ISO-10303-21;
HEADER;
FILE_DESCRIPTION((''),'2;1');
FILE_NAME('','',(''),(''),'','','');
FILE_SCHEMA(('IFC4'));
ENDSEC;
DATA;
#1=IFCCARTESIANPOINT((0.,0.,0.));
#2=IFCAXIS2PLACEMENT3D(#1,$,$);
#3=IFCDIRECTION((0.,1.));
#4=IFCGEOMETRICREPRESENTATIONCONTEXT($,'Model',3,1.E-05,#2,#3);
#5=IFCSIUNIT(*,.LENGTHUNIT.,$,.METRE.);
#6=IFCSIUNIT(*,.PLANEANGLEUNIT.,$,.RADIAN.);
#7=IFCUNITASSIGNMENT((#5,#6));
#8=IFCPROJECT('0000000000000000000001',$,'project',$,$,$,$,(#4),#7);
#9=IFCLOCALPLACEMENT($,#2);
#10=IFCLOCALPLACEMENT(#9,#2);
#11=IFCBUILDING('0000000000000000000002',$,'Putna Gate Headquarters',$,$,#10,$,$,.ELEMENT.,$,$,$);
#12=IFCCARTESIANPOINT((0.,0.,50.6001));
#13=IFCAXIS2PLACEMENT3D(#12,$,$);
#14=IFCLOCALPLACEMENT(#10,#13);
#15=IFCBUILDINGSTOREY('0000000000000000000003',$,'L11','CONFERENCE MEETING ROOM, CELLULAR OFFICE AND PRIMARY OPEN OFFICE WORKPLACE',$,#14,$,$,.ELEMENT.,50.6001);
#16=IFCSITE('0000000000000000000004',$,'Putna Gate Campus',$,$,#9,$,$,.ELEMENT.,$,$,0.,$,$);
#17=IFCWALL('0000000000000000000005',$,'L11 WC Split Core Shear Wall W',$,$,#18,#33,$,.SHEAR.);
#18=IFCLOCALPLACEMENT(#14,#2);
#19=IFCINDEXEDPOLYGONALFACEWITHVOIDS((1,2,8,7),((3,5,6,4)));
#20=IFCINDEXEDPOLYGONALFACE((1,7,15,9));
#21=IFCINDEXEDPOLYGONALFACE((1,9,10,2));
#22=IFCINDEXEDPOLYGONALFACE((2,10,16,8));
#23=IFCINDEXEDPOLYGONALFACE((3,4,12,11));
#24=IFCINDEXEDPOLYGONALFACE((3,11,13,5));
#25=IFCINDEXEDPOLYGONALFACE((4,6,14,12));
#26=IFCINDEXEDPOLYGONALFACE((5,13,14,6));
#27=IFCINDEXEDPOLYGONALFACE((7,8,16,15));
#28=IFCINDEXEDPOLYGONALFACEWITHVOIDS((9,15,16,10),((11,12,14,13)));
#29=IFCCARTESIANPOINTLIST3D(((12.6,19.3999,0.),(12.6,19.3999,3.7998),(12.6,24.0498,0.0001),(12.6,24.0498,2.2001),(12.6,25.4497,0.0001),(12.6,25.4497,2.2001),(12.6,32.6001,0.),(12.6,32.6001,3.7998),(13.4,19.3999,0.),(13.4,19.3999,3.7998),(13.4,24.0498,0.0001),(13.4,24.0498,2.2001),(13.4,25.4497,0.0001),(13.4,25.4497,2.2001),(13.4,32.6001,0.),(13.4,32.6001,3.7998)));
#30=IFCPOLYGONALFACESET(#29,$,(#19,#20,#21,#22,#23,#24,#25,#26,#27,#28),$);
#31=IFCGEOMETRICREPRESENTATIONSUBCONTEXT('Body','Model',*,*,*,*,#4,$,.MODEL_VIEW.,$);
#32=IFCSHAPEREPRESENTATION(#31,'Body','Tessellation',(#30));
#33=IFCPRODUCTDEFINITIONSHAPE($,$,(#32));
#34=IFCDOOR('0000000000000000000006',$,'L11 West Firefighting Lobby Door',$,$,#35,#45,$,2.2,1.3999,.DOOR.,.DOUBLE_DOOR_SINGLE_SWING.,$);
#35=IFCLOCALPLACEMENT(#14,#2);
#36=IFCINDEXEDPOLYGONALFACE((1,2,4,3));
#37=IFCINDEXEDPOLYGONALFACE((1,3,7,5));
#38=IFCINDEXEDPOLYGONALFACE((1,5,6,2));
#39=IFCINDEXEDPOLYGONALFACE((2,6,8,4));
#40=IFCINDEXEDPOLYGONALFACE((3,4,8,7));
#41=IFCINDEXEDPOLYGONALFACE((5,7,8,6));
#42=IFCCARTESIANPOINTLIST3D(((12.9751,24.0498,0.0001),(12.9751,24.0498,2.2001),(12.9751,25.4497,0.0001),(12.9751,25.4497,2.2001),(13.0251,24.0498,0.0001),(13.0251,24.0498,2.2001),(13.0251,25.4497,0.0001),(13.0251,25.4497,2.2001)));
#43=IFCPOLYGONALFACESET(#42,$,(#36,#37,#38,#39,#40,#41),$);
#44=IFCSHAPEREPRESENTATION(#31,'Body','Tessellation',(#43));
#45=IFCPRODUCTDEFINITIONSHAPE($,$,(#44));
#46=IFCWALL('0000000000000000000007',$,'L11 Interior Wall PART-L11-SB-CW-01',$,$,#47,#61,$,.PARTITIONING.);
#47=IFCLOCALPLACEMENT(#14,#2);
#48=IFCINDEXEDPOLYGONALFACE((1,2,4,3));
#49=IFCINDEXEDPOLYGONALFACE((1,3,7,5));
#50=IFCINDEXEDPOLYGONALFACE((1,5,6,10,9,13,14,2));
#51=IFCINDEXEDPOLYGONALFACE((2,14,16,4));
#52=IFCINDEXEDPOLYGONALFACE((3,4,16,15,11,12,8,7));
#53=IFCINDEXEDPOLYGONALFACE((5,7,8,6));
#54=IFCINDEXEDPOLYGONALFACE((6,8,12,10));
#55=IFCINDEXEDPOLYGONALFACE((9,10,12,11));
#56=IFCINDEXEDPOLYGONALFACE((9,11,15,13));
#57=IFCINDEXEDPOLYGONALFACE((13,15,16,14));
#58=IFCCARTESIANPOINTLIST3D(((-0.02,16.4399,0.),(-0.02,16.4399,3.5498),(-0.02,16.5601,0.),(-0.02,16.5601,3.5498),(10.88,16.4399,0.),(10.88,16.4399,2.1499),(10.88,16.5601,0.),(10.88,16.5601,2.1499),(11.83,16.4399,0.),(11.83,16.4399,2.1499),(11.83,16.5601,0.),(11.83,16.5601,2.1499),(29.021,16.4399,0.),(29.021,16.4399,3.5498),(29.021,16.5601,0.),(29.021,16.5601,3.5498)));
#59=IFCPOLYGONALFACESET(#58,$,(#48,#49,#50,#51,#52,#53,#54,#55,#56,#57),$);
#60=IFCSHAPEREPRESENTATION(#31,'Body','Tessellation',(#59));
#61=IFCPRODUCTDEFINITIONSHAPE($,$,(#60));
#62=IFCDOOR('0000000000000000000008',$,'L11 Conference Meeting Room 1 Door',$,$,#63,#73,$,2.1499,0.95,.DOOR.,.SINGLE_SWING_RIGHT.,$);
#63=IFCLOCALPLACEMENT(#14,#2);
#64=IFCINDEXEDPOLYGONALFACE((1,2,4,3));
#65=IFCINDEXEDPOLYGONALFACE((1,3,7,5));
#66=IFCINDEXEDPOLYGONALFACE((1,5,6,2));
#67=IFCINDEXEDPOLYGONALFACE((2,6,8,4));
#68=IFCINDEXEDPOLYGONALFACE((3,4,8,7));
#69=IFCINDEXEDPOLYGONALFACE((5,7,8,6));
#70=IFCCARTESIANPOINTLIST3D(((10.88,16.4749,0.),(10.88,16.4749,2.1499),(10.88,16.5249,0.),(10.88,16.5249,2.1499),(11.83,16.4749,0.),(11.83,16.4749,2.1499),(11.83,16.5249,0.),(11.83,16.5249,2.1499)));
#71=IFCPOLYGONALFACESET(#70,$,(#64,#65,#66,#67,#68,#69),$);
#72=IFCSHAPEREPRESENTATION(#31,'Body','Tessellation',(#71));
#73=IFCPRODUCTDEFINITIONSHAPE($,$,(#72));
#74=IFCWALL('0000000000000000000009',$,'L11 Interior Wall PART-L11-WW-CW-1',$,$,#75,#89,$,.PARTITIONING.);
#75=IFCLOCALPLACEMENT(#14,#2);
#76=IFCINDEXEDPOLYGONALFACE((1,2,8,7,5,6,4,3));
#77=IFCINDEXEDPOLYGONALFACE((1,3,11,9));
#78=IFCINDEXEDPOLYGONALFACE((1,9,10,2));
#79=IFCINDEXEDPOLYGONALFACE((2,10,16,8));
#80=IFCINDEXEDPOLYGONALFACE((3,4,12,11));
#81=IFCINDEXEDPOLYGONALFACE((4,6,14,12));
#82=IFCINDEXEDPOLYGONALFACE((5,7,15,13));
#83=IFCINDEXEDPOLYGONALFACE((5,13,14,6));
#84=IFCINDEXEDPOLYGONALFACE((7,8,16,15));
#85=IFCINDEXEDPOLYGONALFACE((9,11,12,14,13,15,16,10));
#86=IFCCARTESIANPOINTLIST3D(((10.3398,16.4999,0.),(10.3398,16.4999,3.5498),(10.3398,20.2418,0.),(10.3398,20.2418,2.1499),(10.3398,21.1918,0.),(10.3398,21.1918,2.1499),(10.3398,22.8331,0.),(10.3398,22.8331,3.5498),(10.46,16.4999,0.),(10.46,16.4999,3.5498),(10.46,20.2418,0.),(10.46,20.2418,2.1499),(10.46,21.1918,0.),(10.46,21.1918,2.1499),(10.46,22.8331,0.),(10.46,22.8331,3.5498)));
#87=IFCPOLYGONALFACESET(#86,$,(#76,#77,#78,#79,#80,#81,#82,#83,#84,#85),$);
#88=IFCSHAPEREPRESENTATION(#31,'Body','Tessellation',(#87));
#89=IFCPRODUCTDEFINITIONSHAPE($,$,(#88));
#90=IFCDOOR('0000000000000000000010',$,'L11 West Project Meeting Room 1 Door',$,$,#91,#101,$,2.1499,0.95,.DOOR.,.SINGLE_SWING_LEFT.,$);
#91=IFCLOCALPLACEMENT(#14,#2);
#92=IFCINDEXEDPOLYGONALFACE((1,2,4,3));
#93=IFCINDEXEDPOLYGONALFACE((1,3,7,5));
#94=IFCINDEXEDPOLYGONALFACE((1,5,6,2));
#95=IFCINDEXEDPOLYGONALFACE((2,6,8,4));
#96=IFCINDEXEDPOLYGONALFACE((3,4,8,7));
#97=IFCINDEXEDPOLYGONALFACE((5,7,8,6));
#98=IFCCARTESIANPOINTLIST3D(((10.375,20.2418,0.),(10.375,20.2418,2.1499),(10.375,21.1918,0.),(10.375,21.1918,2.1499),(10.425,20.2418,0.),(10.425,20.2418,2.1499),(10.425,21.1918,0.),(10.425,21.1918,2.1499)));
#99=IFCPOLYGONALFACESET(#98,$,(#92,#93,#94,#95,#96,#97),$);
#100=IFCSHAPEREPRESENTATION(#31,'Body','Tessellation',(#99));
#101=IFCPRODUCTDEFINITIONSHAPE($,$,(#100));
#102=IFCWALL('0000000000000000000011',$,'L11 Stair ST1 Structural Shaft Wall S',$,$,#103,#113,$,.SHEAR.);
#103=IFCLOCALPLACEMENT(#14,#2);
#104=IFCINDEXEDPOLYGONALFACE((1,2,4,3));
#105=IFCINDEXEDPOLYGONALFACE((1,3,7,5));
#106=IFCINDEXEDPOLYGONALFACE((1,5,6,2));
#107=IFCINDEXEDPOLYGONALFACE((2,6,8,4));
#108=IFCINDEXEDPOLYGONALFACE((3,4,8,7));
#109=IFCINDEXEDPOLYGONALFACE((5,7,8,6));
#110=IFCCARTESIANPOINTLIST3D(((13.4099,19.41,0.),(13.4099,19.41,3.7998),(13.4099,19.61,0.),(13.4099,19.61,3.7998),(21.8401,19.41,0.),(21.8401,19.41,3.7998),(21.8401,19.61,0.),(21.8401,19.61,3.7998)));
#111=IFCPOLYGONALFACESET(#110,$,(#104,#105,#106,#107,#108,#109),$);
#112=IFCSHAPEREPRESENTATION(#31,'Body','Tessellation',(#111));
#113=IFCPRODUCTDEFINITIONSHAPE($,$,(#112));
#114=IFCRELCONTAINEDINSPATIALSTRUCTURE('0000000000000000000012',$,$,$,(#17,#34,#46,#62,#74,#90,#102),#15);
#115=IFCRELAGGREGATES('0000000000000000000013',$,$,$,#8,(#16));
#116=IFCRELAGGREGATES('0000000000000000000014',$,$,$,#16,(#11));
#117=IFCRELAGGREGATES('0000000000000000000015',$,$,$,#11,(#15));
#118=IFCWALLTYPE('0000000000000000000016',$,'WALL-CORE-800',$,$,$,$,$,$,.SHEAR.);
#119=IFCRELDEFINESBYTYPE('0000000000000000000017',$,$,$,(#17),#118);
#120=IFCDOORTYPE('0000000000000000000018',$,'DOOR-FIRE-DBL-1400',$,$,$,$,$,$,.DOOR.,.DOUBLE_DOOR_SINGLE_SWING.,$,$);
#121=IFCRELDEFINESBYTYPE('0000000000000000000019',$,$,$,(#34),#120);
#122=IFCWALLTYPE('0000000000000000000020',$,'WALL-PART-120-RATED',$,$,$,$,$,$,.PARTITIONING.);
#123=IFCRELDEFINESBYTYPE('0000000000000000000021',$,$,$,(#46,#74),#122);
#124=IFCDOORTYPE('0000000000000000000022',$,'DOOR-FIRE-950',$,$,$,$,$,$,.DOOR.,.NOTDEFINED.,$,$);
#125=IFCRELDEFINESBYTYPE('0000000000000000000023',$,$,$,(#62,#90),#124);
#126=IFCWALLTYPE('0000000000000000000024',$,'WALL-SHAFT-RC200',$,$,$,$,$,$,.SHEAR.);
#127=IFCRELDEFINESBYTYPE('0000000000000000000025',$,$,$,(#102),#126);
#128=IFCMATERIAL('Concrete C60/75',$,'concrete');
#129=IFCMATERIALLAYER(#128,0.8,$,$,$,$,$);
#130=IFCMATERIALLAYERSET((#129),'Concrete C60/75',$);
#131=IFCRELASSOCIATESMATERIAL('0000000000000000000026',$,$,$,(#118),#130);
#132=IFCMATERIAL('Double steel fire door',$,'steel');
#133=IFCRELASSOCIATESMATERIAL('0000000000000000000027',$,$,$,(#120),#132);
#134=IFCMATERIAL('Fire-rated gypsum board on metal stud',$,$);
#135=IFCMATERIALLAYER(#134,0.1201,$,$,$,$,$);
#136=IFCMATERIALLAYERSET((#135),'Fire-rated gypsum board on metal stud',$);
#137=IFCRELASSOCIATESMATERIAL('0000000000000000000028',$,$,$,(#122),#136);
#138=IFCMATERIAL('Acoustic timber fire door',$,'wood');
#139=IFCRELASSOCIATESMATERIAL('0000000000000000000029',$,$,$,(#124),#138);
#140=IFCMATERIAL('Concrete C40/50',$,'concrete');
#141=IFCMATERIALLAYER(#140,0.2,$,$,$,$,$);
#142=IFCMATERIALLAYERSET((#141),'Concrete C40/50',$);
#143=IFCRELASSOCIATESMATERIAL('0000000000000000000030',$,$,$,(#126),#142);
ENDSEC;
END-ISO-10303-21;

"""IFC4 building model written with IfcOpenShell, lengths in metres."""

from ifc_helpers import new_model, si_unit, direction, frame, frame_2d, origin, place, context, subcontext, project, spatial, rectangle, extrude, material, layer, layer_set, type_object, element, fill, save


model = new_model("IFC4")

# Units and contexts
model_context = context("Model", 3, precision=1e-05, world=origin(), true_north=direction((0.0, 1.0)))
body_context = subcontext(model_context, "Body", "Model", "MODEL_VIEW")
ifc_project = project(units=[si_unit("LENGTHUNIT", "METRE"), si_unit("PLANEANGLEUNIT", "RADIAN")], contexts=[model_context])

# Site, building, storey
site_placement = place(None, origin())
site = spatial("IfcSite", under=ifc_project, at=site_placement, Name="Putna Gate Campus", CompositionType="ELEMENT", RefElevation=0.0)
building_placement = place(site_placement, origin())
building = spatial("IfcBuilding", under=site, at=building_placement, Name="Putna Gate Headquarters", CompositionType="ELEMENT")
storey_placement = place(building_placement, frame((0.0, 0.0, 50.6001)))
storey = spatial("IfcBuildingStorey", under=building, at=storey_placement, Name="L11", Description="CONFERENCE MEETING ROOM, CELLULAR OFFICE AND PRIMARY OPEN OFFICE WORKPLACE", CompositionType="ELEMENT", Elevation=50.6001)

# Shared definitions
ifc_material_1 = material(Name="Concrete C60/75", Category="concrete")

# Walls, openings, doors
ifc_layer_1 = layer(ifc_material_1, 0.8)
ifc_layer_set_1 = layer_set([ifc_layer_1], Name="Concrete C60/75")
wall_type_1 = type_object("IfcWallType", Name="WALL-CORE-800", PredefinedType="SHEAR", material=ifc_layer_set_1)
ifc_material_2 = material(Name="Double steel fire door", Category="steel")
door_type_1 = type_object("IfcDoorType", Name="DOOR-FIRE-DBL-1400", OperationType="DOUBLE_DOOR_SINGLE_SWING", PredefinedType="DOOR", material=ifc_material_2)
wall_1_placement = place(storey_placement, frame((13.0, 19.3999, 0.0), z_axis=(0.0, 0.0, 1.0), x_axis=(0.0, 1.0, 0.0)))
wall_1 = element("IfcWall", 1, at=wall_1_placement, inside=storey, type_object=wall_type_1, Name="L11 WC Split Core Shear Wall W", PredefinedType="SHEAR", context=body_context, shape_type="SweptSolid", body=[
    extrude(rectangle(XDim=13.2002, YDim=0.8, at=frame_2d((6.6001, 0.0))), origin(), (0.0, 0.0, 1.0), 3.7998),
])
opening_1_placement = place(wall_1_placement, frame((4.6499, 0.0, 0.0)))
opening_1 = element("IfcOpeningElement", 2, at=opening_1_placement, cuts=wall_1, PredefinedType="OPENING", context=body_context, shape_type="SweptSolid", body=[
    extrude(rectangle(XDim=1.3999, YDim=2.2, at=frame_2d((0.7, 1.1001))), frame((0.0, 0.4099, 0.0), z_axis=(0.0, -1.0, 0.0), x_axis=(1.0, 0.0, 0.0)), (0.0, 0.0, 1.0), 0.8201),
])
door_1_placement = place(opening_1_placement, origin())
door_1 = element("IfcDoor", 3, at=door_1_placement, inside=storey, type_object=door_type_1, Name="L11 West Firefighting Lobby Door", OperationType="DOUBLE_DOOR_SINGLE_SWING", OverallHeight=2.2, OverallWidth=1.3999, PredefinedType="DOOR", context=body_context, shape_type="SweptSolid", body=[
    extrude(rectangle(XDim=1.3999, YDim=2.2, at=frame_2d((0.7, 1.1001))), frame((0.0, 0.0249, 0.0), z_axis=(0.0, -1.0, 0.0), x_axis=(1.0, 0.0, 0.0)), (0.0, 0.0, 1.0), 0.05),
])
fill(opening_1, door_1)
ifc_material_3 = material(Name="Fire-rated gypsum board on metal stud")
ifc_layer_2 = layer(ifc_material_3, 0.1201)
ifc_layer_set_2 = layer_set([ifc_layer_2], Name="Fire-rated gypsum board on metal stud")
wall_type_2 = type_object("IfcWallType", Name="WALL-PART-120-RATED", PredefinedType="PARTITIONING", material=ifc_layer_set_2)
wall_2_placement = place(storey_placement, frame((-0.02, 16.5, 0.0), z_axis=(0.0, 0.0, 1.0), x_axis=(1.0, 0.0, 0.0)))
wall_2 = element("IfcWall", 4, at=wall_2_placement, inside=storey, type_object=wall_type_2, Name="L11 Interior Wall PART-L11-SB-CW-01", PredefinedType="PARTITIONING", context=body_context, shape_type="SweptSolid", body=[
    extrude(rectangle(XDim=29.041, YDim=0.1201, at=frame_2d((14.5205, 0.0))), origin(), (0.0, 0.0, 1.0), 3.5498),
])
opening_2_placement = place(wall_2_placement, frame((10.8999, 0.0, 0.0)))
opening_2 = element("IfcOpeningElement", 5, at=opening_2_placement, cuts=wall_2, PredefinedType="OPENING", context=body_context, shape_type="SweptSolid", body=[
    extrude(rectangle(XDim=0.95, YDim=2.1499, at=frame_2d((0.4751, 1.075))), frame((0.0, 0.0701, 0.0), z_axis=(0.0, -1.0, 0.0), x_axis=(1.0, 0.0, 0.0)), (0.0, 0.0, 1.0), 0.1401),
])
ifc_material_4 = material(Name="Acoustic timber fire door", Category="wood")
door_type_2 = type_object("IfcDoorType", Name="DOOR-FIRE-950", OperationType="NOTDEFINED", PredefinedType="DOOR", material=ifc_material_4)
door_2_placement = place(opening_2_placement, origin())
door_2 = element("IfcDoor", 6, at=door_2_placement, inside=storey, type_object=door_type_2, Name="L11 Conference Meeting Room 1 Door", OperationType="SINGLE_SWING_RIGHT", OverallHeight=2.1499, OverallWidth=0.95, PredefinedType="DOOR", context=body_context, shape_type="SweptSolid", body=[
    extrude(rectangle(XDim=0.95, YDim=2.1499, at=frame_2d((0.4751, 1.075))), frame((0.0, 0.0249, 0.0), z_axis=(0.0, -1.0, 0.0), x_axis=(1.0, 0.0, 0.0)), (0.0, 0.0, 1.0), 0.05),
])
fill(opening_2, door_2)
wall_3_placement = place(storey_placement, frame((10.3999, 16.5, 0.0), z_axis=(0.0, 0.0, 1.0), x_axis=(0.0, 1.0, 0.0)))
wall_3 = element("IfcWall", 7, at=wall_3_placement, inside=storey, type_object=wall_type_2, Name="L11 Interior Wall PART-L11-WW-CW-1", PredefinedType="PARTITIONING", context=body_context, shape_type="SweptSolid", body=[
    extrude(rectangle(XDim=6.3333, YDim=0.1201, at=frame_2d((3.1665, 0.0))), origin(), (0.0, 0.0, 1.0), 3.5498),
])
opening_3_placement = place(wall_3_placement, frame((3.7417, 0.0, 0.0)))
opening_3 = element("IfcOpeningElement", 8, at=opening_3_placement, cuts=wall_3, PredefinedType="OPENING", context=body_context, shape_type="SweptSolid", body=[
    extrude(rectangle(XDim=0.95, YDim=2.1499, at=frame_2d((0.4751, 1.075))), frame((0.0, 0.0701, 0.0), z_axis=(0.0, -1.0, 0.0), x_axis=(1.0, 0.0, 0.0)), (0.0, 0.0, 1.0), 0.1401),
])
door_3_placement = place(opening_3_placement, origin())
door_3 = element("IfcDoor", 9, at=door_3_placement, inside=storey, type_object=door_type_2, Name="L11 West Project Meeting Room 1 Door", OperationType="SINGLE_SWING_LEFT", OverallHeight=2.1499, OverallWidth=0.95, PredefinedType="DOOR", context=body_context, shape_type="SweptSolid", body=[
    extrude(rectangle(XDim=0.95, YDim=2.1499, at=frame_2d((0.4751, 1.075))), frame((0.0, 0.0249, 0.0), z_axis=(0.0, -1.0, 0.0), x_axis=(1.0, 0.0, 0.0)), (0.0, 0.0, 1.0), 0.05),
])
fill(opening_3, door_3)

# Wall
ifc_material_5 = material(Name="Concrete C40/50", Category="concrete")
ifc_layer_3 = layer(ifc_material_5, 0.2)
ifc_layer_set_3 = layer_set([ifc_layer_3], Name="Concrete C40/50")
wall_type_3 = type_object("IfcWallType", Name="WALL-SHAFT-RC200", PredefinedType="SHEAR", material=ifc_layer_set_3)
wall_4_placement = place(storey_placement, frame((13.4099, 19.51, 0.0), z_axis=(0.0, 0.0, 1.0), x_axis=(1.0, 0.0, 0.0)))
element("IfcWall", 10, at=wall_4_placement, inside=storey, type_object=wall_type_3, Name="L11 Stair ST1 Structural Shaft Wall S", PredefinedType="SHEAR", context=body_context, shape_type="SweptSolid", body=[
    extrude(rectangle(XDim=8.4302, YDim=0.2, at=frame_2d((4.2151, 0.0))), origin(), (0.0, 0.0, 1.0), 3.7998),
])

save(model, "model.ifc")
